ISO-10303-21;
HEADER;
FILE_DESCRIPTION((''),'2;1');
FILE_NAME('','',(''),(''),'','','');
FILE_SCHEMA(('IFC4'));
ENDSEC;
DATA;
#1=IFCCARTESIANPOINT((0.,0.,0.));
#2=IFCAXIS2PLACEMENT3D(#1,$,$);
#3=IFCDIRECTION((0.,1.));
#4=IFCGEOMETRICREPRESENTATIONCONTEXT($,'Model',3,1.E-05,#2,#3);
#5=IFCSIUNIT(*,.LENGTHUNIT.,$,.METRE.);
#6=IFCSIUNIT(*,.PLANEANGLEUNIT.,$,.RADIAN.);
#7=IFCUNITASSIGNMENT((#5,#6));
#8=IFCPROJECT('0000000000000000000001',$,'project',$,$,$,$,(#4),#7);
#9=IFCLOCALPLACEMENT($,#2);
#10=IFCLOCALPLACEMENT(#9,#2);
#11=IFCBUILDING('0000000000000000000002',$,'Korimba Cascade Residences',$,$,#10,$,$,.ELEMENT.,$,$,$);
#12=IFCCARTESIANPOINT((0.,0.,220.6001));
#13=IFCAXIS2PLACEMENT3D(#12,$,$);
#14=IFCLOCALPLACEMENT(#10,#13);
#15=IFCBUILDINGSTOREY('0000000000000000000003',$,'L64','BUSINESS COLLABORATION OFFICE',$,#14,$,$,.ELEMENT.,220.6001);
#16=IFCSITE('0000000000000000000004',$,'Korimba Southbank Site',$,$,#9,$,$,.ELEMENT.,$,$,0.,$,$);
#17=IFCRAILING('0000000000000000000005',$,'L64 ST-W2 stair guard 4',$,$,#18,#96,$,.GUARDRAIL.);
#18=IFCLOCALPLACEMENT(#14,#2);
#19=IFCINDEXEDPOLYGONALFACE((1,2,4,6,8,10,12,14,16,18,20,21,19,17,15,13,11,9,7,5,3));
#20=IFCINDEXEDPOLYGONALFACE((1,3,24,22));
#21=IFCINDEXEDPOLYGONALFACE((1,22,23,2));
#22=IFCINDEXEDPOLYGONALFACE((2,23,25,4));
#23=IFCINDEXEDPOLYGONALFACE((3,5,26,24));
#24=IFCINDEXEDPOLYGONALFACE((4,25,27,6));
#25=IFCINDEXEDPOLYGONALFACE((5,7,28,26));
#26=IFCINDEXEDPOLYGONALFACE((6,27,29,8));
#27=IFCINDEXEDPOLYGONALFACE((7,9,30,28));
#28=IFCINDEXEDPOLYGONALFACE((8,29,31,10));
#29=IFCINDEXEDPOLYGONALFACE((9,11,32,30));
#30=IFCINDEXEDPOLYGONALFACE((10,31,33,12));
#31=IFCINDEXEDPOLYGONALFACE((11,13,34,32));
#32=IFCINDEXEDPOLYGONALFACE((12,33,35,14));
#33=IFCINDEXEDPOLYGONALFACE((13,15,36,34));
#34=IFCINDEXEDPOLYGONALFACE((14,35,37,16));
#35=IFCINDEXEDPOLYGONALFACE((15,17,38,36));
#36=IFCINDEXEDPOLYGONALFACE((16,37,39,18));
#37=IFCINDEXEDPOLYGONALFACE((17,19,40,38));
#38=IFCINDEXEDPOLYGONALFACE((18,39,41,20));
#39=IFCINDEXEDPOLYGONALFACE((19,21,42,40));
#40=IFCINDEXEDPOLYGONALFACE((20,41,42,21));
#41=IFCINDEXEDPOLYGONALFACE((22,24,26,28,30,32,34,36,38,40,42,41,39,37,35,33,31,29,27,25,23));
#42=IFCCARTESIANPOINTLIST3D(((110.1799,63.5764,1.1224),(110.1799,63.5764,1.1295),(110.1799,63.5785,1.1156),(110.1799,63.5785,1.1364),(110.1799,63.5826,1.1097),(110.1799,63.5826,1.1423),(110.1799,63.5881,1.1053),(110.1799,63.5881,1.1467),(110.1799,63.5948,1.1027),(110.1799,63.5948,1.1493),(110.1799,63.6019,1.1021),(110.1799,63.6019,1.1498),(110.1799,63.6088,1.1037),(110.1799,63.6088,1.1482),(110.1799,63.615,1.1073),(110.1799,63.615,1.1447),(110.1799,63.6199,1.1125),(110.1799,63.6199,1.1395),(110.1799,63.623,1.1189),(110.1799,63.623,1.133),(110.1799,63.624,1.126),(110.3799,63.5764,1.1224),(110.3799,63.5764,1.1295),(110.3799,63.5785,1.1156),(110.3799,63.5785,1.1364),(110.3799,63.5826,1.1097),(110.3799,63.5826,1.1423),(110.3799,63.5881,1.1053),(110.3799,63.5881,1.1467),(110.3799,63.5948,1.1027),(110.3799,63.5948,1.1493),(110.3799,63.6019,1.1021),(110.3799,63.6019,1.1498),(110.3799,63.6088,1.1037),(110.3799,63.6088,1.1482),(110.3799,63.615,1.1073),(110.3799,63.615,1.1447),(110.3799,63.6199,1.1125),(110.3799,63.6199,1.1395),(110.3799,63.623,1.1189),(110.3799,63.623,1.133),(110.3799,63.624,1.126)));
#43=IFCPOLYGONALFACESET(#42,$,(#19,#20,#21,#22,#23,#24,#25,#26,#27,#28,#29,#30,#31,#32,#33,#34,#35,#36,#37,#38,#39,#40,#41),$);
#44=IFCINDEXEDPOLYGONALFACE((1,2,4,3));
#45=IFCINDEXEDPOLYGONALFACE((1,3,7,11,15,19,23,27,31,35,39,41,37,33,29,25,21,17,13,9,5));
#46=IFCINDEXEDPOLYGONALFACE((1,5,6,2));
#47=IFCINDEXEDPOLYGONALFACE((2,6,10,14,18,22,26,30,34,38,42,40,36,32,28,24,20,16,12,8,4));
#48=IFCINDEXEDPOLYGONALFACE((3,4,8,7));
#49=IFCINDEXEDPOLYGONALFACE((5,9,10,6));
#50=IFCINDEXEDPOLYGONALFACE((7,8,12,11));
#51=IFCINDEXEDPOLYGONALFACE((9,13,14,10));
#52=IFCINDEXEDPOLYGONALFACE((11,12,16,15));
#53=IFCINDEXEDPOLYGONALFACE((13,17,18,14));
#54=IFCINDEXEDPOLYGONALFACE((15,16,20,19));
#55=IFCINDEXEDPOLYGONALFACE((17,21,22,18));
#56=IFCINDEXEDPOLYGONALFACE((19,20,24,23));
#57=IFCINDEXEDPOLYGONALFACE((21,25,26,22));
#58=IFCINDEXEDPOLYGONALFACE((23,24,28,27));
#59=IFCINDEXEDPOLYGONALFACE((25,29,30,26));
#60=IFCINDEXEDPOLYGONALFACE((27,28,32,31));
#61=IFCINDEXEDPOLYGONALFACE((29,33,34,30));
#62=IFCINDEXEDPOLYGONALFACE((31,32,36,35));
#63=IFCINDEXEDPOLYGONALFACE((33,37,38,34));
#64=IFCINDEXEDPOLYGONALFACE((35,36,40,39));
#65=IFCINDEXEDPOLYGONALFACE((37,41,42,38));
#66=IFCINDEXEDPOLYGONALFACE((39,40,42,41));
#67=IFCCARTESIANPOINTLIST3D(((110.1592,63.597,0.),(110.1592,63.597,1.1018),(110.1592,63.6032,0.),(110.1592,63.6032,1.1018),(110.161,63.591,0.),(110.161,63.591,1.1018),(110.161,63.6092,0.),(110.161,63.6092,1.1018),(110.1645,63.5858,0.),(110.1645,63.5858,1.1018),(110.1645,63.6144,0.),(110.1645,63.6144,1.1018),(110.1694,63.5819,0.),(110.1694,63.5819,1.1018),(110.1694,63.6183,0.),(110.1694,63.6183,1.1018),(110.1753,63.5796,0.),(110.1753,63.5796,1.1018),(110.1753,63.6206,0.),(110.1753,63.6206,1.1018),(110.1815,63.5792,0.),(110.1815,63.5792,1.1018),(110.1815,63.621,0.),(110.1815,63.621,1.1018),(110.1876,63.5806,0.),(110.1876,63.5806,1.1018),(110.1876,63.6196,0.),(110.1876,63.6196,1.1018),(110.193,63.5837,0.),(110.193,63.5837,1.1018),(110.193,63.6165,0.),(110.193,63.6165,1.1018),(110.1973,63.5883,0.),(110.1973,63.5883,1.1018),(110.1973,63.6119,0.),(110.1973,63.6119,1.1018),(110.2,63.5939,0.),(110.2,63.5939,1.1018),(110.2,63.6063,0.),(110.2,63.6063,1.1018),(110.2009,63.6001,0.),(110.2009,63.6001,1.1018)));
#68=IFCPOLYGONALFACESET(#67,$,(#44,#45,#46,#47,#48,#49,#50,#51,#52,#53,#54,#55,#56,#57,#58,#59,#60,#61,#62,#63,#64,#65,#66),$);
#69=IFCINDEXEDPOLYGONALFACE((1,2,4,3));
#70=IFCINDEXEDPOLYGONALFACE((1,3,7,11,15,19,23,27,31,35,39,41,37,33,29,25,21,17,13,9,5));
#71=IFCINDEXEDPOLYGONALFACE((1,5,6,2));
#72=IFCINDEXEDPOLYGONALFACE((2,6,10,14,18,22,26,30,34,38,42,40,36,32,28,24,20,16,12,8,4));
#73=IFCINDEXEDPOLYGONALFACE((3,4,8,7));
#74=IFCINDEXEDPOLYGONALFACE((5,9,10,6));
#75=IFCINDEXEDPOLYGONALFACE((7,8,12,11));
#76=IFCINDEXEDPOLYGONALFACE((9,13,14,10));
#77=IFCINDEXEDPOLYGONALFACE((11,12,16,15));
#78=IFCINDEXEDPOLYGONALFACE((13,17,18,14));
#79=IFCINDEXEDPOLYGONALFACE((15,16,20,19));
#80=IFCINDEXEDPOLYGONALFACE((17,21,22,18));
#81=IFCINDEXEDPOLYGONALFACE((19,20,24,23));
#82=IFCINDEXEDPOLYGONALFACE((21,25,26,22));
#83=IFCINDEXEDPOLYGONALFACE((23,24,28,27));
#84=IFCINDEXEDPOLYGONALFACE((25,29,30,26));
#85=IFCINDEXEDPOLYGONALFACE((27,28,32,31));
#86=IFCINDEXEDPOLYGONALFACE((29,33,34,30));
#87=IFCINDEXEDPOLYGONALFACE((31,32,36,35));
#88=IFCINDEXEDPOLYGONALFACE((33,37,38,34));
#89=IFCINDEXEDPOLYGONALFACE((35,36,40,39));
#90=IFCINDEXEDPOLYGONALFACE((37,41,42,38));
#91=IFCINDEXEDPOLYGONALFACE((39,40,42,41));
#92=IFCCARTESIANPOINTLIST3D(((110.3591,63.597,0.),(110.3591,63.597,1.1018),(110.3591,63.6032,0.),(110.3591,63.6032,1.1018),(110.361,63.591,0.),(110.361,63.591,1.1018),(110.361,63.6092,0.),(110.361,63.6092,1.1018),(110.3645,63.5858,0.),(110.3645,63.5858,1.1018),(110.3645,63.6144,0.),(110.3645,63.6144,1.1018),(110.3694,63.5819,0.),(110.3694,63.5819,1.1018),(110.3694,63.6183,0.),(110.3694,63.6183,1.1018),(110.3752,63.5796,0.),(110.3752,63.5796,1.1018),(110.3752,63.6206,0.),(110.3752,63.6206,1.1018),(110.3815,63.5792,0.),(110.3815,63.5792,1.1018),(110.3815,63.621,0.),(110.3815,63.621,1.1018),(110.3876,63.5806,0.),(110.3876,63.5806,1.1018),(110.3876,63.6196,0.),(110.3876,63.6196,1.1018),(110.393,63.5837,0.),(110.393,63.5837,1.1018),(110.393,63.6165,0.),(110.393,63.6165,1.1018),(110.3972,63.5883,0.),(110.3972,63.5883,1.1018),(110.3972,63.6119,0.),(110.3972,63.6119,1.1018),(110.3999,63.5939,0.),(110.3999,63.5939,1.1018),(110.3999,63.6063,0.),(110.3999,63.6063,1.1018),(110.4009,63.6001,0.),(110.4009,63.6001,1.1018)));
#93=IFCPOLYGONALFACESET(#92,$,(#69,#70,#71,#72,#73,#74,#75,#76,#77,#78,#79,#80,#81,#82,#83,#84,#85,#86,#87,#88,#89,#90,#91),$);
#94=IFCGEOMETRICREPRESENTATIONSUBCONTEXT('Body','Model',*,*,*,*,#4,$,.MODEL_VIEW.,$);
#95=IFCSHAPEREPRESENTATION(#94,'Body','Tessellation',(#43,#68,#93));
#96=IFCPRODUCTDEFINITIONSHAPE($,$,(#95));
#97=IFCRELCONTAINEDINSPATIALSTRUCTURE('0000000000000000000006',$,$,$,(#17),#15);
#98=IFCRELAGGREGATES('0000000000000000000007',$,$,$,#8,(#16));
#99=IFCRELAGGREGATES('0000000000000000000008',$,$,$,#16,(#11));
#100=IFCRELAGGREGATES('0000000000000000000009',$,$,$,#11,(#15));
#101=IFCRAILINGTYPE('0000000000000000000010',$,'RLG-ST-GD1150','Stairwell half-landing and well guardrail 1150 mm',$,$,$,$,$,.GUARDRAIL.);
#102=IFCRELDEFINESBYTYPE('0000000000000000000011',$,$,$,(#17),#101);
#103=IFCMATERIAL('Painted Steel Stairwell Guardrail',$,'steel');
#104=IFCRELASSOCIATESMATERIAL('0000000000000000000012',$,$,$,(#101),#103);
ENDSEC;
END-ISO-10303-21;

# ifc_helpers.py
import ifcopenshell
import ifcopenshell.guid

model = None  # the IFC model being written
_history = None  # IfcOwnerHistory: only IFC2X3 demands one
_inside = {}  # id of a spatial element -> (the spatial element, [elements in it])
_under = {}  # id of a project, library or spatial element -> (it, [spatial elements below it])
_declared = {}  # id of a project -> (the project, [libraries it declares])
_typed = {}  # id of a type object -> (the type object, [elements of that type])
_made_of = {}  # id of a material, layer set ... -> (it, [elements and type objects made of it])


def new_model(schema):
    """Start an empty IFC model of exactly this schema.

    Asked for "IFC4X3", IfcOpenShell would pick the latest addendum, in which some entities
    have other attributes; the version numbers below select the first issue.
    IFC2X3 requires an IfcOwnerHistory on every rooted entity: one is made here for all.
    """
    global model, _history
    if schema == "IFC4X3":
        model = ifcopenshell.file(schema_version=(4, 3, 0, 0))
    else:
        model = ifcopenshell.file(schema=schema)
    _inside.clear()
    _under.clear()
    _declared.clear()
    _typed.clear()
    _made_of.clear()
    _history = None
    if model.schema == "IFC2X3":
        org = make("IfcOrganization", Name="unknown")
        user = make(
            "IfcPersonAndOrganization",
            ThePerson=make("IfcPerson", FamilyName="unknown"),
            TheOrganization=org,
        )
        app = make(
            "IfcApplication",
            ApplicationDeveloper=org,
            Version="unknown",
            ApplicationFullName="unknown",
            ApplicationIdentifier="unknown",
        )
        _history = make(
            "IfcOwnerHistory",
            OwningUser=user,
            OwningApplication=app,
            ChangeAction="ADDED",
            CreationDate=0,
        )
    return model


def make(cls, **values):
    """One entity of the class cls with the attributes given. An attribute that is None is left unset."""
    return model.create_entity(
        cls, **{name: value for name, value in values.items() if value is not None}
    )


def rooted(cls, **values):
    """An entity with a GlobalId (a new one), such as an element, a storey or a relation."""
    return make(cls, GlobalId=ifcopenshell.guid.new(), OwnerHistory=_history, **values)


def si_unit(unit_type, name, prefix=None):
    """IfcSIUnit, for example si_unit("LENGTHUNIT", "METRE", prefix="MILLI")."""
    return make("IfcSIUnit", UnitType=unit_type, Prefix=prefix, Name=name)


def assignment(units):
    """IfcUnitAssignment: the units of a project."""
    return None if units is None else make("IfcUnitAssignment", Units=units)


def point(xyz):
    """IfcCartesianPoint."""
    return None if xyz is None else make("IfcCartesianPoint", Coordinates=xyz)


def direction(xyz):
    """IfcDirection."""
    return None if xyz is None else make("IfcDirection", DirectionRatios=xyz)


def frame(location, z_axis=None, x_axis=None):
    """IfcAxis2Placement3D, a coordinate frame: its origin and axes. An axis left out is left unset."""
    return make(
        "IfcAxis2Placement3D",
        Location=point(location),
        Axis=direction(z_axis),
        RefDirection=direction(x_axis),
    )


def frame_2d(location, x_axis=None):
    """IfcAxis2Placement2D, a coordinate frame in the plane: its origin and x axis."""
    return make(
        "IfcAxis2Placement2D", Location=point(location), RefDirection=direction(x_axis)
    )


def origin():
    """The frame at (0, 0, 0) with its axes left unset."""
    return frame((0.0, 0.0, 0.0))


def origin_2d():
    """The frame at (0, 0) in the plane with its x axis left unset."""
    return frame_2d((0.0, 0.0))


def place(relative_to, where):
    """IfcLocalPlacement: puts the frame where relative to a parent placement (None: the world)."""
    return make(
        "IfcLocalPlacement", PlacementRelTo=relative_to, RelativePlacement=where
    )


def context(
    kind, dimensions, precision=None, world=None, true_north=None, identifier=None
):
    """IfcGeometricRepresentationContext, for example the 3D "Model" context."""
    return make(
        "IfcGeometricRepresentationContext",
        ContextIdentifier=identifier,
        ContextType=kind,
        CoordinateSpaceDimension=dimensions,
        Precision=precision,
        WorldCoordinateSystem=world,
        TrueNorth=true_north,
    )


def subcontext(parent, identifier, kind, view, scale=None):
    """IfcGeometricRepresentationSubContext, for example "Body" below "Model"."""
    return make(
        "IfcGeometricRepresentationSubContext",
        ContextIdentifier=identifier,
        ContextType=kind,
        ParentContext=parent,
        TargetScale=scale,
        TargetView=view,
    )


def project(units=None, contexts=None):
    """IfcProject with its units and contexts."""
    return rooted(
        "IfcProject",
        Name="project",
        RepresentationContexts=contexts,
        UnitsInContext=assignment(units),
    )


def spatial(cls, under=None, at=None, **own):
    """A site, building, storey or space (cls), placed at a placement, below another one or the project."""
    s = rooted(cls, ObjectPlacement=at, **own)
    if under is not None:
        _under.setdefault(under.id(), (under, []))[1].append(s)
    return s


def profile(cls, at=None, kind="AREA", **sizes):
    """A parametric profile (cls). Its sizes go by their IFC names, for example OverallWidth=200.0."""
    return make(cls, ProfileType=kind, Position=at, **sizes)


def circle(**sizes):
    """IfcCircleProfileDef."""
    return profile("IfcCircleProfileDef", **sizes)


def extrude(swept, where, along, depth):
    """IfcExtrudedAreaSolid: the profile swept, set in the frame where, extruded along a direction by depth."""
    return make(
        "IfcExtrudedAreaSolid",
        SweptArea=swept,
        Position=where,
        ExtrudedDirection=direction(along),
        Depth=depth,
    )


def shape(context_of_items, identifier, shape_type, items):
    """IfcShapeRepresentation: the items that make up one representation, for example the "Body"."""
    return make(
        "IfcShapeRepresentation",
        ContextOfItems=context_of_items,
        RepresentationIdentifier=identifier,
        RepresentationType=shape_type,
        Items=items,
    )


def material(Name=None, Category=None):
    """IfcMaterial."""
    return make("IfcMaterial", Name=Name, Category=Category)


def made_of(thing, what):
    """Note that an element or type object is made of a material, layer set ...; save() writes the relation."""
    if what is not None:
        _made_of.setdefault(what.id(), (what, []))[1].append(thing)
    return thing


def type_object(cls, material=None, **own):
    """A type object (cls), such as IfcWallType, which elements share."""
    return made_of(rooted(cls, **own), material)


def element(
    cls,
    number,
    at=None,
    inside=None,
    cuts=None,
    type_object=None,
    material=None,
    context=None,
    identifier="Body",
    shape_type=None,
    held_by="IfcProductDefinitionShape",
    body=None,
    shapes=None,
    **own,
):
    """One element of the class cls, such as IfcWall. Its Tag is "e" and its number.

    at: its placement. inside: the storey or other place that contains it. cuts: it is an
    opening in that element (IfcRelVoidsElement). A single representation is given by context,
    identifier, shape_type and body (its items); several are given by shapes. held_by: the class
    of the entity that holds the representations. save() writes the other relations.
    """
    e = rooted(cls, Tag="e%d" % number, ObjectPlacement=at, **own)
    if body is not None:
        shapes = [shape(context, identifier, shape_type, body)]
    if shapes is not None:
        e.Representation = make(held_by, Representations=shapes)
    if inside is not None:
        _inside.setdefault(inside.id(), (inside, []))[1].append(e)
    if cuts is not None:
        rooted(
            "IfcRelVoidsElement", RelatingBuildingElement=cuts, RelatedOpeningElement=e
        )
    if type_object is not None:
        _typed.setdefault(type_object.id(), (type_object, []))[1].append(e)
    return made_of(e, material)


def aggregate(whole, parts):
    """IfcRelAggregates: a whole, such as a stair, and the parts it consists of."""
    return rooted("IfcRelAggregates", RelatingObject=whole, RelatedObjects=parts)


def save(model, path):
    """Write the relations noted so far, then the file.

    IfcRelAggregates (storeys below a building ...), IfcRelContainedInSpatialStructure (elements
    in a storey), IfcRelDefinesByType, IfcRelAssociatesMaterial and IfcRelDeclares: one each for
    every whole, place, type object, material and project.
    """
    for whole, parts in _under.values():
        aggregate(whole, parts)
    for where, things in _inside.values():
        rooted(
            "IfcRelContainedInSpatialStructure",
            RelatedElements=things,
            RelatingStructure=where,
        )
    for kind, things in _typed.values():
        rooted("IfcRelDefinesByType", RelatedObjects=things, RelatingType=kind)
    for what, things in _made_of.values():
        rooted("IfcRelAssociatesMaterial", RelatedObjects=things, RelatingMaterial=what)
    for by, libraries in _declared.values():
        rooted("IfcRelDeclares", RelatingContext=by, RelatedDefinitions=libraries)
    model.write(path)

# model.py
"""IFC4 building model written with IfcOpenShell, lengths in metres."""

from ifc_helpers import new_model, si_unit, direction, frame, origin, origin_2d, place, context, subcontext, project, spatial, circle, extrude, material, type_object, element, save


model = new_model("IFC4")

# Units and contexts
model_context = context("Model", 3, precision=1e-05, world=origin(), true_north=direction((0.0, 1.0)))
body_context = subcontext(model_context, "Body", "Model", "MODEL_VIEW")
ifc_project = project(units=[si_unit("LENGTHUNIT", "METRE"), si_unit("PLANEANGLEUNIT", "RADIAN")], contexts=[model_context])

# Site, building, storey
site_placement = place(None, origin())
site = spatial("IfcSite", under=ifc_project, at=site_placement, Name="Korimba Southbank Site", CompositionType="ELEMENT", RefElevation=0.0)
building_placement = place(site_placement, origin())
building = spatial("IfcBuilding", under=site, at=building_placement, Name="Korimba Cascade Residences", CompositionType="ELEMENT")
storey_placement = place(building_placement, frame((0.0, 0.0, 220.6001)))
storey = spatial("IfcBuildingStorey", under=building, at=storey_placement, Name="L64", Description="BUSINESS COLLABORATION OFFICE", CompositionType="ELEMENT", Elevation=220.6001)

# Railing
ifc_material_1 = material(Name="Painted Steel Stairwell Guardrail", Category="steel")
railing_type_1 = type_object("IfcRailingType", Name="RLG-ST-GD1150", Description="Stairwell half-landing and well guardrail 1150 mm", PredefinedType="GUARDRAIL", material=ifc_material_1)
railing_1_placement = place(storey_placement, frame((110.1799, 63.6001, 0.0)))
element("IfcRailing", 1, at=railing_1_placement, inside=storey, type_object=railing_type_1, Name="L64 ST-W2 stair guard 4", PredefinedType="GUARDRAIL", context=body_context, shape_type="SweptSolid", body=[
    extrude(circle(Radius=0.0239, at=origin_2d()), frame((0.0, 0.0, 1.126), z_axis=(1.0, 0.0, 0.0), x_axis=(0.0, 1.0, 0.0)), (0.0, 0.0, 1.0), 0.2),
    extrude(circle(Radius=0.021, at=origin_2d()), origin(), (0.0, 0.0, 1.0), 1.1018),
    extrude(circle(Radius=0.021, at=origin_2d()), frame((0.2, 0.0, 0.0)), (0.0, 0.0, 1.0), 1.1018),
])

save(model, "model.ifc")
